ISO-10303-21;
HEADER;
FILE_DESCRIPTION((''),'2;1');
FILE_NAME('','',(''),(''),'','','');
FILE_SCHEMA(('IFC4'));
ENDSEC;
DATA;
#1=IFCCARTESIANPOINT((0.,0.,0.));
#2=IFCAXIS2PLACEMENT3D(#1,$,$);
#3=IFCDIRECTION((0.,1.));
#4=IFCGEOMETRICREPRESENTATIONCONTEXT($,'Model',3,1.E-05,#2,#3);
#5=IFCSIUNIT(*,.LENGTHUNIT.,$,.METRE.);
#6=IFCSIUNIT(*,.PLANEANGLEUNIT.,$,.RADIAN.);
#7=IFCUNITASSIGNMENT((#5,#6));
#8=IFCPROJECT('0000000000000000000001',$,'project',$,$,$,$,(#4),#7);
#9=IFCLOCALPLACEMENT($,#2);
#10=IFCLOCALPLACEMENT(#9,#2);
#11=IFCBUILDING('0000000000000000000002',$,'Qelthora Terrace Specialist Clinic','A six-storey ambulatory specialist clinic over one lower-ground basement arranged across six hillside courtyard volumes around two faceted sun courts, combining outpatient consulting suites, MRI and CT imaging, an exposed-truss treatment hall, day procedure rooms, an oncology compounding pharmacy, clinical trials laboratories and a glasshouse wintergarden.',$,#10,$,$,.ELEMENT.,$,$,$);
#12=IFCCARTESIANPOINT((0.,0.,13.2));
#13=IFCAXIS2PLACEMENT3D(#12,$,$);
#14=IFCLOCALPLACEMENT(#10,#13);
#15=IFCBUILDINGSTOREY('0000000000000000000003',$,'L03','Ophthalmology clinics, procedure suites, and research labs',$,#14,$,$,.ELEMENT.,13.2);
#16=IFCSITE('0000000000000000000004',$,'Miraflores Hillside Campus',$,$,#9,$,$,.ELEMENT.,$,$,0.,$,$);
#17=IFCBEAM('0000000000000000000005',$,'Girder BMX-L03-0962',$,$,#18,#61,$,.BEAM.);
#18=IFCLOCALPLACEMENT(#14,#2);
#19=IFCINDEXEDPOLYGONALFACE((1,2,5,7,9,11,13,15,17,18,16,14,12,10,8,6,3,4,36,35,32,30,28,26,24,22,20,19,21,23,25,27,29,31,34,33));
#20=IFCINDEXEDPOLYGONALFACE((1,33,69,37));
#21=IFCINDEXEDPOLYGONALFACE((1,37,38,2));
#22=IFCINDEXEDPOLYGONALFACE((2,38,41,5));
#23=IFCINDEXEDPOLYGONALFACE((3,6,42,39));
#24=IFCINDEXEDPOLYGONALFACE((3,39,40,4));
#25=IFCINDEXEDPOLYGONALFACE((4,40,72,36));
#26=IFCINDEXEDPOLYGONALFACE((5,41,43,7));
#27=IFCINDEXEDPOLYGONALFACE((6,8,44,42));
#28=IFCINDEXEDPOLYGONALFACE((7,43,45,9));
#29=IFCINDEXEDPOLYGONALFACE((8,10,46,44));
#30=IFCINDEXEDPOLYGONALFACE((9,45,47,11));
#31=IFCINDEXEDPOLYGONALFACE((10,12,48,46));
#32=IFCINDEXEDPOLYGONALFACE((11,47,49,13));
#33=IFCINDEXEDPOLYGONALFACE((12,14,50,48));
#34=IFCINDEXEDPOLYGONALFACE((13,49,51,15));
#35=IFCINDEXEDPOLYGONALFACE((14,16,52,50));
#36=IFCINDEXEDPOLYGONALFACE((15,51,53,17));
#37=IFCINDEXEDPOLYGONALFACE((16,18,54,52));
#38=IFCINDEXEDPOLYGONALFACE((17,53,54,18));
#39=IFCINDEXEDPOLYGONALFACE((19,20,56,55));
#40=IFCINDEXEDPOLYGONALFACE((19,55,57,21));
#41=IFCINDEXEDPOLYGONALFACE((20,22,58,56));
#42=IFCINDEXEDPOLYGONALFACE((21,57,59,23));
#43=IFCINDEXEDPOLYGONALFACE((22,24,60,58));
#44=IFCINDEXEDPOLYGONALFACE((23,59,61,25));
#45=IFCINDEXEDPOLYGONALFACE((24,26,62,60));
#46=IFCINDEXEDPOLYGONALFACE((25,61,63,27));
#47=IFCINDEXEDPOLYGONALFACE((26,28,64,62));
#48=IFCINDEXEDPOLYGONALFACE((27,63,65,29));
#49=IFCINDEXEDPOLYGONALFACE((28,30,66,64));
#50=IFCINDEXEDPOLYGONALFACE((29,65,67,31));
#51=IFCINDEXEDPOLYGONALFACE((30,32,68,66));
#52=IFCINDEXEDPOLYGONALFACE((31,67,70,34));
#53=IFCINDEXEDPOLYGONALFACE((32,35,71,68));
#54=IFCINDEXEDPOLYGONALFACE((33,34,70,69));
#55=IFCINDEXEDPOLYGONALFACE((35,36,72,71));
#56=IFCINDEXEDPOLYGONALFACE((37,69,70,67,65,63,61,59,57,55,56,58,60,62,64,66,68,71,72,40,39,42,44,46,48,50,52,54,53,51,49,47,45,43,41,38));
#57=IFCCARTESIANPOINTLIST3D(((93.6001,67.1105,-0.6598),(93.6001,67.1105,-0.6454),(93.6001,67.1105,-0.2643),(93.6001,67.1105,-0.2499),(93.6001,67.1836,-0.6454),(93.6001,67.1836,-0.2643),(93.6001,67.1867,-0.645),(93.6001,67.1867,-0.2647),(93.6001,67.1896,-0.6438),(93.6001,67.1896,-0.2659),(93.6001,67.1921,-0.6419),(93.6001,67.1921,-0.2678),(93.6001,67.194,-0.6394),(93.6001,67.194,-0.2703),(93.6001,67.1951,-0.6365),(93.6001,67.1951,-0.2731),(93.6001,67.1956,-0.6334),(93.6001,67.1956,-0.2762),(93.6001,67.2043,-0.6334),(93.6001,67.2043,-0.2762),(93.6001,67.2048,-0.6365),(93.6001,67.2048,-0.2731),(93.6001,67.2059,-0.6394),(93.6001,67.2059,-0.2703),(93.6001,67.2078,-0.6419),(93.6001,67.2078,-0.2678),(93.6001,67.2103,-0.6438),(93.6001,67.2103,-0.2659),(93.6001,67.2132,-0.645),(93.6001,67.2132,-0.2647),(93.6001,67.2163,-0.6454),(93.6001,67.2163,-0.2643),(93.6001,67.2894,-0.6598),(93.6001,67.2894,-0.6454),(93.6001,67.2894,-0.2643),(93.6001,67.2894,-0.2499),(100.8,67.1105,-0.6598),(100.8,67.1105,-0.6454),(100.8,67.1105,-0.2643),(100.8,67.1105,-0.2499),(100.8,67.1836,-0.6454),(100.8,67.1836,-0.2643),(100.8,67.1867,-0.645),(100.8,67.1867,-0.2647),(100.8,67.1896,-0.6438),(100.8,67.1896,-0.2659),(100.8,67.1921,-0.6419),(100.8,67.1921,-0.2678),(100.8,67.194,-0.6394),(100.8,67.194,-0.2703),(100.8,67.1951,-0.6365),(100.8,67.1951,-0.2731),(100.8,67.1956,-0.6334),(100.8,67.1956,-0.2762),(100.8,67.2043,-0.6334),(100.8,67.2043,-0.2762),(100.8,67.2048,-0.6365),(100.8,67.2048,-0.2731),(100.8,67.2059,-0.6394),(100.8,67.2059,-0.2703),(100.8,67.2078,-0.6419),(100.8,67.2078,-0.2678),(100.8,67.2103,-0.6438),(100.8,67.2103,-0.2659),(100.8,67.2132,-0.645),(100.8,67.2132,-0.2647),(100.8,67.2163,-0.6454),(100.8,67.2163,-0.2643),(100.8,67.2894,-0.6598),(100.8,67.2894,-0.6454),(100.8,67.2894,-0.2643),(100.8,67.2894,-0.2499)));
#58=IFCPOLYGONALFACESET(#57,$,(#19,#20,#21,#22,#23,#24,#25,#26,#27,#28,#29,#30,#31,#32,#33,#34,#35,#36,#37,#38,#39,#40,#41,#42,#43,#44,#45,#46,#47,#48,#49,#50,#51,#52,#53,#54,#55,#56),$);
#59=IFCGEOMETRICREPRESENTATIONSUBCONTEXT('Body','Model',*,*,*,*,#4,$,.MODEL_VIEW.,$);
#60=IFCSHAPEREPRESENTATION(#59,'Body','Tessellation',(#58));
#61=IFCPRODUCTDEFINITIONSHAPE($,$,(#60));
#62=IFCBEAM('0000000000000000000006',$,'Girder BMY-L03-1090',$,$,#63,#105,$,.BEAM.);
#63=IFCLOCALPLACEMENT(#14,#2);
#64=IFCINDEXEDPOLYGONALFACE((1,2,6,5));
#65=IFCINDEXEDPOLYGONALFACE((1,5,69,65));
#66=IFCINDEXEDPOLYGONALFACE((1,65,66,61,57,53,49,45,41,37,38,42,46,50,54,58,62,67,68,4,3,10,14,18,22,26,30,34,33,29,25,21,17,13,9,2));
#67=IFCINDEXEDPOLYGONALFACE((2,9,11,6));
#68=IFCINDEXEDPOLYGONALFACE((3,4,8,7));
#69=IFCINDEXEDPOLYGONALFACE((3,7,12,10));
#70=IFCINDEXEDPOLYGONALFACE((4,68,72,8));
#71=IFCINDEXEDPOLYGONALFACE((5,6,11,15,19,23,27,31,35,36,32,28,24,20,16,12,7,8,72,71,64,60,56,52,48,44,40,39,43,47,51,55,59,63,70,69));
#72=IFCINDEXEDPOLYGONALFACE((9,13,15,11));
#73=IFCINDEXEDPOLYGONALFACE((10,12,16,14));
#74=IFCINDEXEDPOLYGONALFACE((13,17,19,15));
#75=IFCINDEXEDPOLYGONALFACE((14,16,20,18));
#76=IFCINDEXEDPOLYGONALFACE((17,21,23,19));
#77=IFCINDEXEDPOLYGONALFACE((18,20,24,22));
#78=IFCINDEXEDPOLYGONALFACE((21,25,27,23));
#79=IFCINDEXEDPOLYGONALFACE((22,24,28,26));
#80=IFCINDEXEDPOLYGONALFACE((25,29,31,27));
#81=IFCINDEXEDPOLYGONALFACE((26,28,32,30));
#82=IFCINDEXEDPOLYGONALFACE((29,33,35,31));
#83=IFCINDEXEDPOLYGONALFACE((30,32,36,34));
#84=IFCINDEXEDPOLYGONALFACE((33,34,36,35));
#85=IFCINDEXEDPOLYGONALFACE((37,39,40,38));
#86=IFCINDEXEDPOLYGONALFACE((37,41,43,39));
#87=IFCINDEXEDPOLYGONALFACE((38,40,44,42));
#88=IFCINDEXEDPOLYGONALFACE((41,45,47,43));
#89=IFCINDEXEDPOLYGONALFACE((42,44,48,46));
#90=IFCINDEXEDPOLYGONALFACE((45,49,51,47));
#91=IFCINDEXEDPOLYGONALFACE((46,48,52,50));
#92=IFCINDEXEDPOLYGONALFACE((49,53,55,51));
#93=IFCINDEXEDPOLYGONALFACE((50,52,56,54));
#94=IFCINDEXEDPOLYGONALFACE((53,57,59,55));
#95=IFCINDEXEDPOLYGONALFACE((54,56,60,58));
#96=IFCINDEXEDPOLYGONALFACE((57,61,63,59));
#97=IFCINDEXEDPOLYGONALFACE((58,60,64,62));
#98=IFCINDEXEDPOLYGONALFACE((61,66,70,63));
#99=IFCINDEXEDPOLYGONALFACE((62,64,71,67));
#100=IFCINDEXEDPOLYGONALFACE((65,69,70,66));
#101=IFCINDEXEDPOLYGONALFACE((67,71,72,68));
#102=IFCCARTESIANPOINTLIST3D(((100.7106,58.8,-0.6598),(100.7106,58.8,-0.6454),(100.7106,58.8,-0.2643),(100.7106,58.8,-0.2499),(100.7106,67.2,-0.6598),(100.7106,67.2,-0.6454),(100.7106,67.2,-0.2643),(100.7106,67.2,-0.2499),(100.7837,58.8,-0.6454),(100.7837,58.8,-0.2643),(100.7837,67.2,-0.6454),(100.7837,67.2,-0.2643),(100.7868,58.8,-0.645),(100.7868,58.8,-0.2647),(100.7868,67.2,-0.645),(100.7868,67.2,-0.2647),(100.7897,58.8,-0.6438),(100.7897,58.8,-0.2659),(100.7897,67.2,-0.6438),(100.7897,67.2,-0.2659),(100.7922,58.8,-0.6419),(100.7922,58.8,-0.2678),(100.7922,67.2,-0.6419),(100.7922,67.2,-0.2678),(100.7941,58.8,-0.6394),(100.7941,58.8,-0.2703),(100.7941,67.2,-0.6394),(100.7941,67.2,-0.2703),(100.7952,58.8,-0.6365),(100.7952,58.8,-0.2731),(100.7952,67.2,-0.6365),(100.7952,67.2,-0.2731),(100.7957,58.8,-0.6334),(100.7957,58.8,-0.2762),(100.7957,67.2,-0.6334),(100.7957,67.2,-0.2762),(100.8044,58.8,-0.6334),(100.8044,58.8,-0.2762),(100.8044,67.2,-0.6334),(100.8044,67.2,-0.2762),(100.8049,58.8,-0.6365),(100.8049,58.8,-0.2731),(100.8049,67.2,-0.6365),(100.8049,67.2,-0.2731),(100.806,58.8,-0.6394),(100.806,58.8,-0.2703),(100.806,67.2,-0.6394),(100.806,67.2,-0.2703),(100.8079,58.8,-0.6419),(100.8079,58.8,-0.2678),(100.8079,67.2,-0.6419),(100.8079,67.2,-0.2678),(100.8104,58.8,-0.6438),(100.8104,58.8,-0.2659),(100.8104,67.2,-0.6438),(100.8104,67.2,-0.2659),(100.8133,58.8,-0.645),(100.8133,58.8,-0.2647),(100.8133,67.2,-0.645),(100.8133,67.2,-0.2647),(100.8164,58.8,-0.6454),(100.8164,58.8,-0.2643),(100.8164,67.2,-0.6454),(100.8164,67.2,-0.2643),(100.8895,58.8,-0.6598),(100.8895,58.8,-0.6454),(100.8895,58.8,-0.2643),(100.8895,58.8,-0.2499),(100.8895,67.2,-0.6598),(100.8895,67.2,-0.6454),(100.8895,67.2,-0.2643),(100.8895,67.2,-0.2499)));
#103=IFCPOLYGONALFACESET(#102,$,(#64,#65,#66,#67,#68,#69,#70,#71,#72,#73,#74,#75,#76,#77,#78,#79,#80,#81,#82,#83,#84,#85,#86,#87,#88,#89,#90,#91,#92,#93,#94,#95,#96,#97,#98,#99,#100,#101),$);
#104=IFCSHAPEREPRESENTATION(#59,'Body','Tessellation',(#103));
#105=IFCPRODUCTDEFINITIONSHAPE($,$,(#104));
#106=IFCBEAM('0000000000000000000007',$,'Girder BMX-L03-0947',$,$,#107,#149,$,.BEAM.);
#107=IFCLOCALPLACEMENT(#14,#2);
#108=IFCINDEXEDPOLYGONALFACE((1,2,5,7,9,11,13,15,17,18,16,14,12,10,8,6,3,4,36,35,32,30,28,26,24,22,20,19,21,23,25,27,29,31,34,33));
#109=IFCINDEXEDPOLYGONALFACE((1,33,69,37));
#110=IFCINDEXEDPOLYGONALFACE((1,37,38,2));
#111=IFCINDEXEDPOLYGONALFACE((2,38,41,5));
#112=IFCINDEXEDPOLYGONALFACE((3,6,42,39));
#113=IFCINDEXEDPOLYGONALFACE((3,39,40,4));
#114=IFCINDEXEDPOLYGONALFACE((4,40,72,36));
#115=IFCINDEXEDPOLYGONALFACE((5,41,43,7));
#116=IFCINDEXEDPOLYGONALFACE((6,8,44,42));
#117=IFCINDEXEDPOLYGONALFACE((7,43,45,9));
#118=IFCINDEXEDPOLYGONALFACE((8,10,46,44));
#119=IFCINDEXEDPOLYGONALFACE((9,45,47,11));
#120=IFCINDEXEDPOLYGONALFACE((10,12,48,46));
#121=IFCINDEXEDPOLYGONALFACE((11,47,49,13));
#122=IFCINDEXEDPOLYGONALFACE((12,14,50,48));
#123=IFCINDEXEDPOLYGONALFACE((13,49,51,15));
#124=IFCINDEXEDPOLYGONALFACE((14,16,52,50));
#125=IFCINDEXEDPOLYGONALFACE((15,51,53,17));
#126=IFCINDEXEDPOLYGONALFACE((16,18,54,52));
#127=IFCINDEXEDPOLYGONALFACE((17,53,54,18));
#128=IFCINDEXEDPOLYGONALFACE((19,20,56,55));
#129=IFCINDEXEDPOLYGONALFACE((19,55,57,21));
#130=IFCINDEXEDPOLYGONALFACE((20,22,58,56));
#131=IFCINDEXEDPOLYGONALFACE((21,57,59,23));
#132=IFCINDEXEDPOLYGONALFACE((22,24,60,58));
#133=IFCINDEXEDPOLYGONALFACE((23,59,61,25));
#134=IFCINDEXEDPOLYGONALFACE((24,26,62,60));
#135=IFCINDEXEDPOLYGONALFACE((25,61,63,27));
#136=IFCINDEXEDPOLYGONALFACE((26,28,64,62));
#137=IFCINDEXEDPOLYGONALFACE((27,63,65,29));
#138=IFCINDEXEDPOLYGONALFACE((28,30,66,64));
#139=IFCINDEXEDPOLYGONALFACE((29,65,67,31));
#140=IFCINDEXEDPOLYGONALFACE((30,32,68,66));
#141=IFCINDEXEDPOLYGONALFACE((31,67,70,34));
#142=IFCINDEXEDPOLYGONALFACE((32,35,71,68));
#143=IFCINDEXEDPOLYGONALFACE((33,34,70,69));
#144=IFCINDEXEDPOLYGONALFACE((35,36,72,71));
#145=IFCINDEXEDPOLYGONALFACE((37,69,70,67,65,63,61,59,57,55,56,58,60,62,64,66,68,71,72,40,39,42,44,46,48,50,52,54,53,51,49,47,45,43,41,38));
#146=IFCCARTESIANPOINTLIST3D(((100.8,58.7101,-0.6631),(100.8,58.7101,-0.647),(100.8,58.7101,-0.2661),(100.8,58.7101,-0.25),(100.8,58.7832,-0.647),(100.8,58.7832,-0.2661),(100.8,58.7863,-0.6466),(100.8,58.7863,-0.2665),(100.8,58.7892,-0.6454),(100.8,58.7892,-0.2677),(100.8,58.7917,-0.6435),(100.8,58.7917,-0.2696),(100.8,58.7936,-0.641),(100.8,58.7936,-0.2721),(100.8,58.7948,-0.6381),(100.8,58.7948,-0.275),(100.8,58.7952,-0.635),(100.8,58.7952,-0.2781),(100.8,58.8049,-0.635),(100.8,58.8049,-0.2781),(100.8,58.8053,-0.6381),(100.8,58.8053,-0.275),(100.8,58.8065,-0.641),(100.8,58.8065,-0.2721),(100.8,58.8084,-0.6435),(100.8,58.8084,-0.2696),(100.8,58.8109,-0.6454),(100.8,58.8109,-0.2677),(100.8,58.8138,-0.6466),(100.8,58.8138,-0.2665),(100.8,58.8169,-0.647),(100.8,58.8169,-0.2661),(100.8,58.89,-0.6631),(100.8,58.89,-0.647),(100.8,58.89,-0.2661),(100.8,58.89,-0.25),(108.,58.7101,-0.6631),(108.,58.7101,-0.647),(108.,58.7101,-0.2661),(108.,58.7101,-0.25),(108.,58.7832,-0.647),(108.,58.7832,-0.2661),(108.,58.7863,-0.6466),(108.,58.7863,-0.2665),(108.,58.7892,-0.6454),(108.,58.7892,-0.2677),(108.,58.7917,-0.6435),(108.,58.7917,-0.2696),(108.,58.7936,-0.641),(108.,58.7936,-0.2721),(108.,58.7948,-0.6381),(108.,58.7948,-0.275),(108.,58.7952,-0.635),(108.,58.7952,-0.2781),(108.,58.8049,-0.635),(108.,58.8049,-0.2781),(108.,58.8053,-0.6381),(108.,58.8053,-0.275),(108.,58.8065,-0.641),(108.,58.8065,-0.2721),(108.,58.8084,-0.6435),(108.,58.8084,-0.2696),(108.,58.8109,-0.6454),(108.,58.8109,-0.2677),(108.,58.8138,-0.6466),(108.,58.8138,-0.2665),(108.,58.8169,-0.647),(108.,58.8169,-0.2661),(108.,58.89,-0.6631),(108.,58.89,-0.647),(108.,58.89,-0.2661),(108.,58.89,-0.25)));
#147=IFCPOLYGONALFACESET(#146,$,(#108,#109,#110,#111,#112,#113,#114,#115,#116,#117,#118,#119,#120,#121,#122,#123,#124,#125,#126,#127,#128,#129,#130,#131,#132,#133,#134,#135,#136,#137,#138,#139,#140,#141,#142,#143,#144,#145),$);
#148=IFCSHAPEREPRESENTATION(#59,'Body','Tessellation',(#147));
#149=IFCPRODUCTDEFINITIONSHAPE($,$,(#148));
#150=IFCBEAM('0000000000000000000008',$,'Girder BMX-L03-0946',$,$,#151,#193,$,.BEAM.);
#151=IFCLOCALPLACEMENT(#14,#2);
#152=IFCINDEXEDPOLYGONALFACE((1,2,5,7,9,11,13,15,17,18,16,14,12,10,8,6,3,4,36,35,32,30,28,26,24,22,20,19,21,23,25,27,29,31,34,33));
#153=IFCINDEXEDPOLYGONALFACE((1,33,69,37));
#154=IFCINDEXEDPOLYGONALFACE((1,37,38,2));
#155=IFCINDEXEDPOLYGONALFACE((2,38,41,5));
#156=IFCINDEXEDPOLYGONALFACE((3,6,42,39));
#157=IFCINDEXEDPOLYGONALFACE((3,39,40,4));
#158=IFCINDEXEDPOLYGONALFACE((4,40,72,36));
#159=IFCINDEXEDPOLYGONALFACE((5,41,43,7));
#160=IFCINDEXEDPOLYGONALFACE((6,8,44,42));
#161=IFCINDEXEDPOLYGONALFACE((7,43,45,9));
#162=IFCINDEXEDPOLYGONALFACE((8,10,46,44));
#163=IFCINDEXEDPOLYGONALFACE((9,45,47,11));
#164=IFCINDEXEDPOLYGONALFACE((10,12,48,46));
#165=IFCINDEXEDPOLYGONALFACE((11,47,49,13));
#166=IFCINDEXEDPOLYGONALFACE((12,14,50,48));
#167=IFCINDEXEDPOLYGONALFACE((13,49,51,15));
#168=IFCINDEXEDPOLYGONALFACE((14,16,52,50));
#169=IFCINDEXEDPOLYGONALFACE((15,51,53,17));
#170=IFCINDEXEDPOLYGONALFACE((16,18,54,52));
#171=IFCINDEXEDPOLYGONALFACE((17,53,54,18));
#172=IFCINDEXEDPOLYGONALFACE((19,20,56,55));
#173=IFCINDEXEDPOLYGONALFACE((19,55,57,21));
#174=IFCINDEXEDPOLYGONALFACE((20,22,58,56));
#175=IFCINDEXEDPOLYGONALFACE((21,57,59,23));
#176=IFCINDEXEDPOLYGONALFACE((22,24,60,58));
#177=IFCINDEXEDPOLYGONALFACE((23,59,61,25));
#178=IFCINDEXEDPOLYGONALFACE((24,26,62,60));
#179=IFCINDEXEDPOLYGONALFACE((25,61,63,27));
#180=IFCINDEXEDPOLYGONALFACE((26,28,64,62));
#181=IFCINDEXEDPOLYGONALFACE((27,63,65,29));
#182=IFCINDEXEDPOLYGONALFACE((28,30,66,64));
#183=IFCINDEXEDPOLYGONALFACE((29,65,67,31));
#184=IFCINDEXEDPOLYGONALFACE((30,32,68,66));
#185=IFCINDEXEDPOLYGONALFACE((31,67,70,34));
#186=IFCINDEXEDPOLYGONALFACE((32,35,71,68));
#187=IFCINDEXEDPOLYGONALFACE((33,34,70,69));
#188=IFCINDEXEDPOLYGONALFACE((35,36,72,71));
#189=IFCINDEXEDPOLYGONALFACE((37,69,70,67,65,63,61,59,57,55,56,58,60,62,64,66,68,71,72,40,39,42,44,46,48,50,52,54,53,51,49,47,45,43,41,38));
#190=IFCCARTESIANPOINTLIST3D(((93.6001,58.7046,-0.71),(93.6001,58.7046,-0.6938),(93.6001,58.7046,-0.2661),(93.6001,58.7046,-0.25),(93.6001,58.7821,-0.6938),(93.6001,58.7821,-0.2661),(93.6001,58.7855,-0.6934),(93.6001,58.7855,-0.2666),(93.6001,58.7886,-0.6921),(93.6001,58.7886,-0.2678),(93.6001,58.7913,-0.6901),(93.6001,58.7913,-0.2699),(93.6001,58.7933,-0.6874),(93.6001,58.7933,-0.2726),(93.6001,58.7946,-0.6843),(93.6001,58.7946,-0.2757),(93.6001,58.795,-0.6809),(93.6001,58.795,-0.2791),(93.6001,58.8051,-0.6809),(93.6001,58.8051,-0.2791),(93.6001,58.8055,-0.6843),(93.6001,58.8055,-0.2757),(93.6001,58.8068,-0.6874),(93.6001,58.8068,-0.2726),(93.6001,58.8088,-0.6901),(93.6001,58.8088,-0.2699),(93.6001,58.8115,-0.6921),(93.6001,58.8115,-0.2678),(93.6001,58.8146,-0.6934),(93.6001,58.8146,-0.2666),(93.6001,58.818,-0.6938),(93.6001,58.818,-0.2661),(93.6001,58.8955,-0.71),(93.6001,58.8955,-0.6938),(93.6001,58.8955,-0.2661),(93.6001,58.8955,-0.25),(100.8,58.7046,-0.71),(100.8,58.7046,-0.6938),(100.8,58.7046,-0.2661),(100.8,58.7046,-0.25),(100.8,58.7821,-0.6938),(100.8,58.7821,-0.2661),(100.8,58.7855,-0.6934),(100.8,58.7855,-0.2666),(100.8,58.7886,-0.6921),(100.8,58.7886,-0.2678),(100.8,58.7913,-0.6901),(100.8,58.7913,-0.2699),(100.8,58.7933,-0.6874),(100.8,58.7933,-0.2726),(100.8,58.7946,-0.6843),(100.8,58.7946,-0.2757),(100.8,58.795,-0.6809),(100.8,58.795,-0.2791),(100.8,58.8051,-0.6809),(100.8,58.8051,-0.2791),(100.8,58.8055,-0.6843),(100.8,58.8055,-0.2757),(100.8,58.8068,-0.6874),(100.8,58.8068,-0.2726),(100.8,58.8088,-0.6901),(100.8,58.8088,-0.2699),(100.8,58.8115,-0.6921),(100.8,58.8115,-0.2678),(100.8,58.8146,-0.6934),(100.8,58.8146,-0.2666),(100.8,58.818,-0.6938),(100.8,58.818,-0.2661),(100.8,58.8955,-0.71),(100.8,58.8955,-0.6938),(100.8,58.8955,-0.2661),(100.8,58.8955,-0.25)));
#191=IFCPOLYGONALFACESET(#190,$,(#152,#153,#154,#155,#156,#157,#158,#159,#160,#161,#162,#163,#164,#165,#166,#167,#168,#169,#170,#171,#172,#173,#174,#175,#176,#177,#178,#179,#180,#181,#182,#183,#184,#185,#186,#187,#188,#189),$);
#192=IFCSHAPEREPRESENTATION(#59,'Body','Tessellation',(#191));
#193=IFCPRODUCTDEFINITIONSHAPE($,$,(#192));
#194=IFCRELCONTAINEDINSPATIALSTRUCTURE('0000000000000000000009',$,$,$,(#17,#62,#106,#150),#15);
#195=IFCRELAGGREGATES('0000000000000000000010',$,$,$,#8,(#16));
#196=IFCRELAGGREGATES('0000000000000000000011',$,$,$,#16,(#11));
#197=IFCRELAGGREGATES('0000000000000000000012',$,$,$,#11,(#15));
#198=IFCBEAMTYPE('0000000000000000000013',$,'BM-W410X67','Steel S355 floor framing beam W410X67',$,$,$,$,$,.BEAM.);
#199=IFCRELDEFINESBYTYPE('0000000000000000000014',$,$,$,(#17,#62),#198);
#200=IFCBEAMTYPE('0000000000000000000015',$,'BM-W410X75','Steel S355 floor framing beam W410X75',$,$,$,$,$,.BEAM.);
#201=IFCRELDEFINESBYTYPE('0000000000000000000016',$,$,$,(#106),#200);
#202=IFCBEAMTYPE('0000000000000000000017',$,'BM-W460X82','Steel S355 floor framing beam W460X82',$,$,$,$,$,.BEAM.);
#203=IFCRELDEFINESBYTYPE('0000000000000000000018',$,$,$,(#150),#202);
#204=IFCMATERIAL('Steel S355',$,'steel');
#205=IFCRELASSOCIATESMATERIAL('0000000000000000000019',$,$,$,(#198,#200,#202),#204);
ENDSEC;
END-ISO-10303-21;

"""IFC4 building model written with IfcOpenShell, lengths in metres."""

from ifc_helpers import new_model, si_unit, direction, frame, origin, origin_2d, place, context, subcontext, project, spatial, i_section, extrude, material, material_profile, profile_set, type_object, element, save


model = new_model("IFC4")

# Units and contexts
model_context = context("Model", 3, precision=1e-05, world=origin(), true_north=direction((0.0, 1.0)))
body_context = subcontext(model_context, "Body", "Model", "MODEL_VIEW")
ifc_project = project(units=[si_unit("LENGTHUNIT", "METRE"), si_unit("PLANEANGLEUNIT", "RADIAN")], contexts=[model_context])

# Site, building, storey
site_placement = place(None, origin())
site = spatial("IfcSite", under=ifc_project, at=site_placement, Name="Miraflores Hillside Campus", CompositionType="ELEMENT", RefElevation=0.0)
building_placement = place(site_placement, origin())
building = spatial("IfcBuilding", under=site, at=building_placement, Name="Qelthora Terrace Specialist Clinic", Description="A six-storey ambulatory specialist clinic over one lower-ground basement arranged across six hillside courtyard volumes around two faceted sun courts, combining outpatient consulting suites, MRI and CT imaging, an exposed-truss treatment hall, day procedure rooms, an oncology compounding pharmacy, clinical trials laboratories and a glasshouse wintergarden.", CompositionType="ELEMENT")
storey_placement = place(building_placement, frame((0.0, 0.0, 13.2)))
storey = spatial("IfcBuildingStorey", under=building, at=storey_placement, Name="L03", Description="Ophthalmology clinics, procedure suites, and research labs", CompositionType="ELEMENT", Elevation=13.2)

# Shared definitions
ifc_material_1 = material(Name="Steel S355", Category="steel")

# Beams
ifc_material_profile_1 = material_profile(ifc_material_1, i_section(OverallWidth=0.179, OverallDepth=0.4099, WebThickness=0.0088, FlangeThickness=0.0144, FilletRadius=0.012, at=origin_2d()), Name="W410X67")
ifc_profile_set_1 = profile_set([ifc_material_profile_1], Name="Steel S355")
beam_type_1 = type_object("IfcBeamType", Name="BM-W410X67", Description="Steel S355 floor framing beam W410X67", PredefinedType="BEAM", material=ifc_profile_set_1)
beam_1_placement = place(storey_placement, frame((93.6001, 67.2, -0.4548), z_axis=(1.0, 0.0, 0.0), x_axis=(0.0, 1.0, 0.0)))
element("IfcBeam", 1, at=beam_1_placement, inside=storey, type_object=beam_type_1, Name="Girder BMX-L03-0962", PredefinedType="BEAM", context=body_context, shape_type="SweptSolid", body=[
    extrude(i_section(OverallWidth=0.179, OverallDepth=0.4099, WebThickness=0.0088, FlangeThickness=0.0144, FilletRadius=0.012, at=origin_2d()), origin(), (0.0, 0.0, 1.0), 7.2),
])
beam_2_placement = place(storey_placement, frame((100.8, 58.8, -0.4548), z_axis=(0.0, 1.0, 0.0), x_axis=(-1.0, 0.0, 0.0)))
element("IfcBeam", 2, at=beam_2_placement, inside=storey, type_object=beam_type_1, Name="Girder BMY-L03-1090", PredefinedType="BEAM", context=body_context, shape_type="SweptSolid", body=[
    extrude(i_section(OverallWidth=0.179, OverallDepth=0.4099, WebThickness=0.0088, FlangeThickness=0.0144, FilletRadius=0.012, at=origin_2d()), origin(), (0.0, 0.0, 1.0), 8.3999),
])
ifc_material_profile_2 = material_profile(ifc_material_1, i_section(OverallWidth=0.1799, OverallDepth=0.4131, WebThickness=0.0098, FlangeThickness=0.0161, FilletRadius=0.012, at=origin_2d()), Name="W410X75")
ifc_profile_set_2 = profile_set([ifc_material_profile_2], Name="Steel S355")
beam_type_2 = type_object("IfcBeamType", Name="BM-W410X75", Description="Steel S355 floor framing beam W410X75", PredefinedType="BEAM", material=ifc_profile_set_2)
beam_3_placement = place(storey_placement, frame((100.8, 58.8, -0.4565), z_axis=(1.0, 0.0, 0.0), x_axis=(0.0, 1.0, 0.0)))
element("IfcBeam", 3, at=beam_3_placement, inside=storey, type_object=beam_type_2, Name="Girder BMX-L03-0947", PredefinedType="BEAM", context=body_context, shape_type="SweptSolid", body=[
    extrude(i_section(OverallWidth=0.1799, OverallDepth=0.4131, WebThickness=0.0098, FlangeThickness=0.0161, FilletRadius=0.012, at=origin_2d()), origin(), (0.0, 0.0, 1.0), 7.2),
])
ifc_material_profile_3 = material_profile(ifc_material_1, i_section(OverallWidth=0.1909, OverallDepth=0.46, WebThickness=0.01, FlangeThickness=0.0161, FilletRadius=0.0129, at=origin_2d()), Name="W460X82")
ifc_profile_set_3 = profile_set([ifc_material_profile_3], Name="Steel S355")
beam_type_3 = type_object("IfcBeamType", Name="BM-W460X82", Description="Steel S355 floor framing beam W460X82", PredefinedType="BEAM", material=ifc_profile_set_3)
beam_4_placement = place(storey_placement, frame((93.6001, 58.8, -0.48), z_axis=(1.0, 0.0, 0.0), x_axis=(0.0, 1.0, 0.0)))
element("IfcBeam", 4, at=beam_4_placement, inside=storey, type_object=beam_type_3, Name="Girder BMX-L03-0946", PredefinedType="BEAM", context=body_context, shape_type="SweptSolid", body=[
    extrude(i_section(OverallWidth=0.1909, OverallDepth=0.46, WebThickness=0.01, FlangeThickness=0.0161, FilletRadius=0.0129, at=origin_2d()), origin(), (0.0, 0.0, 1.0), 7.2),
])

save(model, "model.ifc")
